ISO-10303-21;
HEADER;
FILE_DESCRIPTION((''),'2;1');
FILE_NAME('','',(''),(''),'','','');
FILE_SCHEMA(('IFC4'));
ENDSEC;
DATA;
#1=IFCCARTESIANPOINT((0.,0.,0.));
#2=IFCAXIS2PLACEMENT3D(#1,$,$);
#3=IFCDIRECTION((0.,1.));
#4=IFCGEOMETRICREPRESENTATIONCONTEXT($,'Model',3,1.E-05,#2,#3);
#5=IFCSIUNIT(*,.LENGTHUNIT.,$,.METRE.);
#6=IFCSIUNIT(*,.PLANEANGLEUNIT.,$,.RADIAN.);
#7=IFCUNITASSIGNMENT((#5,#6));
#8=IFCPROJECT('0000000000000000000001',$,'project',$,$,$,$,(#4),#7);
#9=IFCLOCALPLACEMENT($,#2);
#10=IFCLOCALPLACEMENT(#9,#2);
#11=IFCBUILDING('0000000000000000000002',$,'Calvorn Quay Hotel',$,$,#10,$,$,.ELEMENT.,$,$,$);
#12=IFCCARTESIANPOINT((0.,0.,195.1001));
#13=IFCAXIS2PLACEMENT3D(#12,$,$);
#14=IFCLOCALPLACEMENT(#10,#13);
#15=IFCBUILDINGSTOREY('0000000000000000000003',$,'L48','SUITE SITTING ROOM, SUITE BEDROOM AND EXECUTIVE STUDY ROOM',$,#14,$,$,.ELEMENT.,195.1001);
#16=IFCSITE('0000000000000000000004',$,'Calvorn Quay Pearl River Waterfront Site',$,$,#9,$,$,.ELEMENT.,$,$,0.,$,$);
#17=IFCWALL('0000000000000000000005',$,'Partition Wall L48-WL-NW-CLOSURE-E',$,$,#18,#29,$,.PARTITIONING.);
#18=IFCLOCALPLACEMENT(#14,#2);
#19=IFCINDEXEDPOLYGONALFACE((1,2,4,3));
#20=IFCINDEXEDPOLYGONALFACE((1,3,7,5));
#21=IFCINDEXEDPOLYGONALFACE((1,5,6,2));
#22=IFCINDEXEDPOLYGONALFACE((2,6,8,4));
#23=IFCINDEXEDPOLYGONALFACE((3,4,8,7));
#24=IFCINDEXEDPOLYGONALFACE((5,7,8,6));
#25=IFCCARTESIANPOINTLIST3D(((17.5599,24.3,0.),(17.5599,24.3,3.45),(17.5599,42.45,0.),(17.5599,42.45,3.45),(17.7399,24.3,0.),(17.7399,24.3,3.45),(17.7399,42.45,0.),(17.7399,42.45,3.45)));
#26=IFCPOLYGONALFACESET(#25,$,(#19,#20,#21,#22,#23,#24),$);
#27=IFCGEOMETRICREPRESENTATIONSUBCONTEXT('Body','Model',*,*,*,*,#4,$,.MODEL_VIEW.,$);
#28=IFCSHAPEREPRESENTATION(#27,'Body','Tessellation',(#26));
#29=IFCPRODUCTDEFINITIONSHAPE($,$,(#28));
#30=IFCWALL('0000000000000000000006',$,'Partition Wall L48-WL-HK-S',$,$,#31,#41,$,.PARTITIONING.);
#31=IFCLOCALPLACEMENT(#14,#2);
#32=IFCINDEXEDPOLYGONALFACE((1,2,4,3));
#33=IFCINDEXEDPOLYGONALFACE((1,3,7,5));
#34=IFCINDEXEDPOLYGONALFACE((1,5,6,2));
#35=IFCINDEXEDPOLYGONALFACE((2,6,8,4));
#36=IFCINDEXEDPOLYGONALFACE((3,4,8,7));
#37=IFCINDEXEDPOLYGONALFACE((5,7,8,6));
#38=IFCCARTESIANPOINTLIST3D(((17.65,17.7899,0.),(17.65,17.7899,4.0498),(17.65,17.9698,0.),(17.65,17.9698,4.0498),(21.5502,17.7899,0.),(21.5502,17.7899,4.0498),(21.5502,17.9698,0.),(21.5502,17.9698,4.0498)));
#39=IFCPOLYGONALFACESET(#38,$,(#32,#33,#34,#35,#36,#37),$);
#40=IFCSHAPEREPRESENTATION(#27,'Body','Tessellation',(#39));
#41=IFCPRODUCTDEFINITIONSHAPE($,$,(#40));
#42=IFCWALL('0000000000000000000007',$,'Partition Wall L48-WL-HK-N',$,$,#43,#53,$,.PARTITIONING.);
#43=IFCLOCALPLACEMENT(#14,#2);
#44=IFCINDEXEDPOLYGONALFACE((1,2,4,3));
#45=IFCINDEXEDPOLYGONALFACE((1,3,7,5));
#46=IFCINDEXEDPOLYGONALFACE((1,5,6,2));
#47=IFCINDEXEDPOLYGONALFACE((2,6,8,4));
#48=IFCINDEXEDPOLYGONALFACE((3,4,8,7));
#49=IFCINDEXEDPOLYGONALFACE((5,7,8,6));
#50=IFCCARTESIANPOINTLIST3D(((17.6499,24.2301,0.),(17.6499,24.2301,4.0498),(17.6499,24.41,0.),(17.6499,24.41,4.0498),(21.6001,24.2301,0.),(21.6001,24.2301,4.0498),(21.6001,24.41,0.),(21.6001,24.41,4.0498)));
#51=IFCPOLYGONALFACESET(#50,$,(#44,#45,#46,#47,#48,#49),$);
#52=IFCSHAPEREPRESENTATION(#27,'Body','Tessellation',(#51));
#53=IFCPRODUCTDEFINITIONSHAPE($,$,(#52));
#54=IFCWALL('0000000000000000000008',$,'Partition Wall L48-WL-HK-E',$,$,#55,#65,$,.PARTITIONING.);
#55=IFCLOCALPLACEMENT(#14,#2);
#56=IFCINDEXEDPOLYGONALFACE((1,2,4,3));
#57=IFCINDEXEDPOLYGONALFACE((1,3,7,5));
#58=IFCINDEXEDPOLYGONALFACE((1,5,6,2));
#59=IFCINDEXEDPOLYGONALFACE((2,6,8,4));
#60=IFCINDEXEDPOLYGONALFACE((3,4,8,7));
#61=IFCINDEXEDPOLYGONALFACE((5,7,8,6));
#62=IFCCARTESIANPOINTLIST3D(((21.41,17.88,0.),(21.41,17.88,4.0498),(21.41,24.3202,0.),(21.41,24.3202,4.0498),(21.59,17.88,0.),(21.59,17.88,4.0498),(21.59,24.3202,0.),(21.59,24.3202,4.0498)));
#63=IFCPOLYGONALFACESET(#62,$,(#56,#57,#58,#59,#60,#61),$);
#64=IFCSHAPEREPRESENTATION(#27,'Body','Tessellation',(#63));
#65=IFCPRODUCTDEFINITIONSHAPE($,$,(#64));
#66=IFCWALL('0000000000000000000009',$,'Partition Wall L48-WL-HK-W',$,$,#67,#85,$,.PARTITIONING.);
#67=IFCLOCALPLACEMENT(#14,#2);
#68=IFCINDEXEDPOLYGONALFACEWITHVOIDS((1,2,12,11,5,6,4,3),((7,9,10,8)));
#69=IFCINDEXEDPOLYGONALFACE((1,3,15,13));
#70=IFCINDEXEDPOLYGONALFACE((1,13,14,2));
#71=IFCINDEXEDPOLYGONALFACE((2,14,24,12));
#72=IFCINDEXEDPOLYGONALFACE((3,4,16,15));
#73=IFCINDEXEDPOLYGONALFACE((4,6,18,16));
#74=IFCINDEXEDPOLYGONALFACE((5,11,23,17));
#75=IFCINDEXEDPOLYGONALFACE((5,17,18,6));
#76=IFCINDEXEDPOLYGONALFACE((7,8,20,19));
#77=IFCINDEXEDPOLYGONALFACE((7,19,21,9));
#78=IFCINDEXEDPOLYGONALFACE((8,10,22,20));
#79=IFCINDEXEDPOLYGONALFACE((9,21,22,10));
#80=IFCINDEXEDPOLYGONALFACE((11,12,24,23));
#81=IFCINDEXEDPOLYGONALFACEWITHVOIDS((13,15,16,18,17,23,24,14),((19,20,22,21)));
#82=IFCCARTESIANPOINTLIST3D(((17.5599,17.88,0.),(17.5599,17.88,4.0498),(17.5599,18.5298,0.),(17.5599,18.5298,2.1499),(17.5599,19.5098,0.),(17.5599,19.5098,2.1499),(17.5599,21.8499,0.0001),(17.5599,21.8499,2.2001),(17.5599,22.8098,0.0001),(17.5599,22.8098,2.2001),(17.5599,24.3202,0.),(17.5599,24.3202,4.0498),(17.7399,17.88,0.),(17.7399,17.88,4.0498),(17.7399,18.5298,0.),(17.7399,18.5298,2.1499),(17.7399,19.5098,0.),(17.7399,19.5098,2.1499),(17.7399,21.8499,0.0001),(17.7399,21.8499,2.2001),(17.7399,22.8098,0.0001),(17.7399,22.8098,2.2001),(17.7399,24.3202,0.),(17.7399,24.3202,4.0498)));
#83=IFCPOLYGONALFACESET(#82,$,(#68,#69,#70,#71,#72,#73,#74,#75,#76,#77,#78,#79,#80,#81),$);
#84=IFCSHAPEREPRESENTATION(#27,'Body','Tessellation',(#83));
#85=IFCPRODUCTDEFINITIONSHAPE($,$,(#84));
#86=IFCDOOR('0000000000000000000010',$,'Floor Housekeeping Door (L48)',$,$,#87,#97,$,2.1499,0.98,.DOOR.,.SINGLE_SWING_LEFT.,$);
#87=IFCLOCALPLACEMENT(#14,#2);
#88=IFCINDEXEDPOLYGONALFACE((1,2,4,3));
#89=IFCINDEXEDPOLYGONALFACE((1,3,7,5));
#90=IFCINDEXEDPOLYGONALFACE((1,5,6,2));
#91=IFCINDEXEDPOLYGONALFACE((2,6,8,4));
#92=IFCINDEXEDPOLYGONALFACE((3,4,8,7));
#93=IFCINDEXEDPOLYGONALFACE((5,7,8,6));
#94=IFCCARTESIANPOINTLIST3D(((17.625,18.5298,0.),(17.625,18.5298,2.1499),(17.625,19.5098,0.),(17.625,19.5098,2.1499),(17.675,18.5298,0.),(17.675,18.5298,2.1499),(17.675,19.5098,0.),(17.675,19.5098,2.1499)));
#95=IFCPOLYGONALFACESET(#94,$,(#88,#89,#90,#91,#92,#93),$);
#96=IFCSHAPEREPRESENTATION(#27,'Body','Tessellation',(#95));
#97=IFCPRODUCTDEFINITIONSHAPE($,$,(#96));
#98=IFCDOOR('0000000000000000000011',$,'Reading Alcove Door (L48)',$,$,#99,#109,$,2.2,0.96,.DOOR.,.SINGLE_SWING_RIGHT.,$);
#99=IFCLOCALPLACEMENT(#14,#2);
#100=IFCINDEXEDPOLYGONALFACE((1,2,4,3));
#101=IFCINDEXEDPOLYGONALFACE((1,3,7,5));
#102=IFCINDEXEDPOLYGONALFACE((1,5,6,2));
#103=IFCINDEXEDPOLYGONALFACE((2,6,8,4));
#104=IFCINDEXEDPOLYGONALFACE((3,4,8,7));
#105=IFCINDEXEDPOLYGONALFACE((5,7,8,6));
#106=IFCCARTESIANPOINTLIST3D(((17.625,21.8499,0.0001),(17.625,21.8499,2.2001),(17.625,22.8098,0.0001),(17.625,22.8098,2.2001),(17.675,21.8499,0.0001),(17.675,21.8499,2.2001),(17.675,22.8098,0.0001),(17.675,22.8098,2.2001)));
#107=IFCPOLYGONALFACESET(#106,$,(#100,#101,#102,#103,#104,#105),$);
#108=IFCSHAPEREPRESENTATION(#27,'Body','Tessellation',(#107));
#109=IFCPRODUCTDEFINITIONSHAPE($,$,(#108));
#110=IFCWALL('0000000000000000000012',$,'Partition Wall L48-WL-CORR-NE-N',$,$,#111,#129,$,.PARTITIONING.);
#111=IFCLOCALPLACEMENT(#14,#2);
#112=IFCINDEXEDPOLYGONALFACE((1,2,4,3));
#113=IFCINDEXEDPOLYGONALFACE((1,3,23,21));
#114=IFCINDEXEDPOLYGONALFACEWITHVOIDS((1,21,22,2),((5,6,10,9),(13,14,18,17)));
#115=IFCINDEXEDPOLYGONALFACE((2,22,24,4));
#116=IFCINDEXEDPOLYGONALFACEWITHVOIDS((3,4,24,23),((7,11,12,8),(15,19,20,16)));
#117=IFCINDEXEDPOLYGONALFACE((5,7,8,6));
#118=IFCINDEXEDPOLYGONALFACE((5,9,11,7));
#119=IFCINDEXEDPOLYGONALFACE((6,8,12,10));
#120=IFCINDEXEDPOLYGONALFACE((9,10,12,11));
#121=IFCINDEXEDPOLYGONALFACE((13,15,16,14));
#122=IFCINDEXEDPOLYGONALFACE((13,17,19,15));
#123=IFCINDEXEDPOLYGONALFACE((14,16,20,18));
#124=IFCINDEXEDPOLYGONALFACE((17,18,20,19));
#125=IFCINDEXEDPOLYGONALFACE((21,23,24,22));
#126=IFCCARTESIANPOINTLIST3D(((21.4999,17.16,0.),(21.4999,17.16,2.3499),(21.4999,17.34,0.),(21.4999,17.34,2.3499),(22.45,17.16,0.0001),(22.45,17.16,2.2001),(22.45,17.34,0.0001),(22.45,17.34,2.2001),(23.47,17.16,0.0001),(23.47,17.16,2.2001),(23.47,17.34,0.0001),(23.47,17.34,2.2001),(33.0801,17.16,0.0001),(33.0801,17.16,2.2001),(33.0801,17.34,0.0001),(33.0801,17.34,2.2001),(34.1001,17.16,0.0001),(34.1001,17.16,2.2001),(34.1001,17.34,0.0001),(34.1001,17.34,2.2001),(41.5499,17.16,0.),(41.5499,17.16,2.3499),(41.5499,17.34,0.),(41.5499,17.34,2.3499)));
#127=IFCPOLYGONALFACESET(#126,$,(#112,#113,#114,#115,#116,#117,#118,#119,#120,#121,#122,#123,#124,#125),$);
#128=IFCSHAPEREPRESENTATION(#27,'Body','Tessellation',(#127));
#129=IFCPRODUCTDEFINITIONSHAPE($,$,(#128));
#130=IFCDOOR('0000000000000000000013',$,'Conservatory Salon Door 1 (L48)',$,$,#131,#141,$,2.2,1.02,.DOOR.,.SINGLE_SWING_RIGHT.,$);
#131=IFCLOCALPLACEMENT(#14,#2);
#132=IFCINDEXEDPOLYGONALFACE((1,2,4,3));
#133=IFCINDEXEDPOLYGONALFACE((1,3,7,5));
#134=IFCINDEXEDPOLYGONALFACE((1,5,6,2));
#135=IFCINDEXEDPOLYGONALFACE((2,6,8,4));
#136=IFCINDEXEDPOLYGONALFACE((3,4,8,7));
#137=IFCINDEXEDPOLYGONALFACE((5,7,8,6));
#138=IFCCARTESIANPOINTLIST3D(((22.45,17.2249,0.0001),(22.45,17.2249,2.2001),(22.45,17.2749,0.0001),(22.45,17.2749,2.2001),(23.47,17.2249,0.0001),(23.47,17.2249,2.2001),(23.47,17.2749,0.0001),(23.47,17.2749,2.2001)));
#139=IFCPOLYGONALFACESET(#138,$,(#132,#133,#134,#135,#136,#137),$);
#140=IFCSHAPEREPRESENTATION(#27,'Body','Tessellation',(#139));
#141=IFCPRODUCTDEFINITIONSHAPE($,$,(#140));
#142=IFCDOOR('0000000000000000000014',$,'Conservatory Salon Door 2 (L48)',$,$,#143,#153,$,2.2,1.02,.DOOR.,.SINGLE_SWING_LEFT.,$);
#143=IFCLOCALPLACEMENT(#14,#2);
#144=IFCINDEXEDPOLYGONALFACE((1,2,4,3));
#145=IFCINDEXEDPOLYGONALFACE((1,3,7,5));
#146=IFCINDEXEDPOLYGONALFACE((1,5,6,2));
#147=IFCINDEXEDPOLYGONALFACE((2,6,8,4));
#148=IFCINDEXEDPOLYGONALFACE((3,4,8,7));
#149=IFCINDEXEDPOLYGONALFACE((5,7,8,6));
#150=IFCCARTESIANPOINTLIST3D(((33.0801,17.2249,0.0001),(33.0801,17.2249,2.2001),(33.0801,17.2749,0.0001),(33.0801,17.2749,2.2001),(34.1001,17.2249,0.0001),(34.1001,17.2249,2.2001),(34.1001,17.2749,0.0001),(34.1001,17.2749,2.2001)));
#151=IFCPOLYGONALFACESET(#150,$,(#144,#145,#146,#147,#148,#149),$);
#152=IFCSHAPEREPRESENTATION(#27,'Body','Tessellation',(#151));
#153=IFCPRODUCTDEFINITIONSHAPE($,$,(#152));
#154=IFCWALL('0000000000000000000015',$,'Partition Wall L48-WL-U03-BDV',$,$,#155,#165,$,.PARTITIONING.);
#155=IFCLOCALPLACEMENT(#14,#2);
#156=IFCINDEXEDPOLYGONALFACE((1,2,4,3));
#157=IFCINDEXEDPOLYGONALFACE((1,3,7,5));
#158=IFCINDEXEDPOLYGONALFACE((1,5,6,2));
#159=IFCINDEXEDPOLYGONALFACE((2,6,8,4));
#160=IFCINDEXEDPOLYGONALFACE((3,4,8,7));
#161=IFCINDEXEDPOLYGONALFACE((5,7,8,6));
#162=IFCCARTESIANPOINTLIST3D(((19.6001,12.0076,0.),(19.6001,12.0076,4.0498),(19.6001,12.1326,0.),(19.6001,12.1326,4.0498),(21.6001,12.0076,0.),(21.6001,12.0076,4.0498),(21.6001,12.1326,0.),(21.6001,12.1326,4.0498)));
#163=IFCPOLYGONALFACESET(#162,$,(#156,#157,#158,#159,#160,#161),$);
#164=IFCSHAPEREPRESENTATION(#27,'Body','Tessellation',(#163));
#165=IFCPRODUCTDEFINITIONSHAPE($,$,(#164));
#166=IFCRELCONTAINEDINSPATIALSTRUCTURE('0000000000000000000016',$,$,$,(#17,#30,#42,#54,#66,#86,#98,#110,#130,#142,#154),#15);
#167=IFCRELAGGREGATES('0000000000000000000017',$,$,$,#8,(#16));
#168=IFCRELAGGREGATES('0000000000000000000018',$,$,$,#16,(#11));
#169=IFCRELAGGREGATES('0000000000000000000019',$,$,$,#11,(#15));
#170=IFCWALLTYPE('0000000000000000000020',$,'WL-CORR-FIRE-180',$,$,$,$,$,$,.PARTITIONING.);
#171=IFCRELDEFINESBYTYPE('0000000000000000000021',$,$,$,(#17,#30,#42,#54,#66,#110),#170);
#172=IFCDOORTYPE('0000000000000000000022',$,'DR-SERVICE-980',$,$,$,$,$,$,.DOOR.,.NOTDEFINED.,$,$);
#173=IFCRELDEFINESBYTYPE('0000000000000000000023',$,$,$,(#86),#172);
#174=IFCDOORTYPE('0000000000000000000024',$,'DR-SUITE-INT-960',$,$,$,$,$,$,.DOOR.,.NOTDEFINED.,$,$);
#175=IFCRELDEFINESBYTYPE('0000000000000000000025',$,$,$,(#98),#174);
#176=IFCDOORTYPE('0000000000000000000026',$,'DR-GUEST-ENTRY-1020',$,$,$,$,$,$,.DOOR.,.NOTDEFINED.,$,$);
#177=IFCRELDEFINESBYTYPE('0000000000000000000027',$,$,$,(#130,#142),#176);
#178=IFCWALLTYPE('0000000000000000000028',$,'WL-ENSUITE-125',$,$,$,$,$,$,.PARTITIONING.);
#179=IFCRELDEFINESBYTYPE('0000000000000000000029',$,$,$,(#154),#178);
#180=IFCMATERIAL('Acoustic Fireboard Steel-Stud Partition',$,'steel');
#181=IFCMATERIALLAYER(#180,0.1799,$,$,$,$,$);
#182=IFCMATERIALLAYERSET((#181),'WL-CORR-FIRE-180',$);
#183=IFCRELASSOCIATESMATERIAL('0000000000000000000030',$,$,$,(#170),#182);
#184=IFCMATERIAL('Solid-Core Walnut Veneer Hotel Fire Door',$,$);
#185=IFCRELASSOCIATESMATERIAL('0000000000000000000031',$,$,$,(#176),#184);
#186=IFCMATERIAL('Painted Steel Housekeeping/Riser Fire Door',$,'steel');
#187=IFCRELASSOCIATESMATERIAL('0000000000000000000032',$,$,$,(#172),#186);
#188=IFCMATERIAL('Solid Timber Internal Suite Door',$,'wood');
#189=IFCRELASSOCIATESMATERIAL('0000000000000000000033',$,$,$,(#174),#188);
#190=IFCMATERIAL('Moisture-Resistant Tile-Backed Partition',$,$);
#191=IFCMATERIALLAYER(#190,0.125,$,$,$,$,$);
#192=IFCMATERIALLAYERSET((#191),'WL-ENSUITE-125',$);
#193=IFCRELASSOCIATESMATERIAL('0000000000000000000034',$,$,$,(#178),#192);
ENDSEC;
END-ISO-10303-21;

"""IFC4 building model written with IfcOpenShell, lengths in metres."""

from ifc_helpers import new_model, si_unit, direction, frame, frame_2d, origin, place, context, subcontext, project, spatial, rectangle, extrude, material, layer, layer_set, type_object, element, fill, save


model = new_model("IFC4")

# Units and contexts
model_context = context("Model", 3, precision=1e-05, world=origin(), true_north=direction((0.0, 1.0)))
body_context = subcontext(model_context, "Body", "Model", "MODEL_VIEW")
ifc_project = project(units=[si_unit("LENGTHUNIT", "METRE"), si_unit("PLANEANGLEUNIT", "RADIAN")], contexts=[model_context])

# Site, building, storey
site_placement = place(None, origin())
site = spatial("IfcSite", under=ifc_project, at=site_placement, Name="Calvorn Quay Pearl River Waterfront Site", CompositionType="ELEMENT", RefElevation=0.0)
building_placement = place(site_placement, origin())
building = spatial("IfcBuilding", under=site, at=building_placement, Name="Calvorn Quay Hotel", CompositionType="ELEMENT")
storey_placement = place(building_placement, frame((0.0, 0.0, 195.1001)))
storey = spatial("IfcBuildingStorey", under=building, at=storey_placement, Name="L48", Description="SUITE SITTING ROOM, SUITE BEDROOM AND EXECUTIVE STUDY ROOM", CompositionType="ELEMENT", Elevation=195.1001)

# Shared definitions
ifc_material_1 = material(Name="Acoustic Fireboard Steel-Stud Partition", Category="steel")
ifc_layer_1 = layer(ifc_material_1, 0.1799)
ifc_layer_set_1 = layer_set([ifc_layer_1], Name="WL-CORR-FIRE-180")
wall_type_1 = type_object("IfcWallType", Name="WL-CORR-FIRE-180", PredefinedType="PARTITIONING", material=ifc_layer_set_1)
ifc_material_2 = material(Name="Solid-Core Walnut Veneer Hotel Fire Door")
door_type_1 = type_object("IfcDoorType", Name="DR-GUEST-ENTRY-1020", OperationType="NOTDEFINED", PredefinedType="DOOR", material=ifc_material_2)

# Walls
wall_1_placement = place(storey_placement, frame((17.6499, 24.3, 0.0), z_axis=(0.0, 0.0, 1.0), x_axis=(0.0, 1.0, 0.0)))
element("IfcWall", 1, at=wall_1_placement, inside=storey, type_object=wall_type_1, Name="Partition Wall L48-WL-NW-CLOSURE-E", PredefinedType="PARTITIONING", context=body_context, shape_type="SweptSolid", body=[
    extrude(rectangle(XDim=18.1499, YDim=0.1799, at=frame_2d((9.075, 0.0))), origin(), (0.0, 0.0, 1.0), 3.45),
])
wall_2_placement = place(storey_placement, frame((17.6499, 17.8799, 0.0), z_axis=(0.0, 0.0, 1.0), x_axis=(1.0, 0.0, 0.0)))
element("IfcWall", 2, at=wall_2_placement, inside=storey, type_object=wall_type_1, Name="Partition Wall L48-WL-HK-S", PredefinedType="PARTITIONING", context=body_context, shape_type="SweptSolid", body=[
    extrude(rectangle(XDim=3.9001, YDim=0.1799, at=frame_2d((1.9502, 0.0))), origin(), (0.0, 0.0, 1.0), 4.0498),
])
wall_3_placement = place(storey_placement, frame((17.6499, 24.3201, 0.0), z_axis=(0.0, 0.0, 1.0), x_axis=(1.0, 0.0, 0.0)))
element("IfcWall", 3, at=wall_3_placement, inside=storey, type_object=wall_type_1, Name="Partition Wall L48-WL-HK-N", PredefinedType="PARTITIONING", context=body_context, shape_type="SweptSolid", body=[
    extrude(rectangle(XDim=3.9502, YDim=0.1799, at=frame_2d((1.9751, 0.0))), origin(), (0.0, 0.0, 1.0), 4.0498),
])
wall_4_placement = place(storey_placement, frame((21.5, 17.8799, 0.0), z_axis=(0.0, 0.0, 1.0), x_axis=(0.0, 1.0, 0.0)))
element("IfcWall", 4, at=wall_4_placement, inside=storey, type_object=wall_type_1, Name="Partition Wall L48-WL-HK-E", PredefinedType="PARTITIONING", context=body_context, shape_type="SweptSolid", body=[
    extrude(rectangle(XDim=6.4402, YDim=0.1799, at=frame_2d((3.2202, 0.0))), origin(), (0.0, 0.0, 1.0), 4.0498),
])

# Walls, openings, doors
wall_5_placement = place(storey_placement, frame((17.6499, 17.8799, 0.0), z_axis=(0.0, 0.0, 1.0), x_axis=(0.0, 1.0, 0.0)))
wall_5 = element("IfcWall", 5, at=wall_5_placement, inside=storey, type_object=wall_type_1, Name="Partition Wall L48-WL-HK-W", PredefinedType="PARTITIONING", context=body_context, shape_type="SweptSolid", body=[
    extrude(rectangle(XDim=6.4402, YDim=0.1799, at=frame_2d((3.2202, 0.0))), origin(), (0.0, 0.0, 1.0), 4.0498),
])
opening_1_placement = place(wall_5_placement, frame((0.6499, 0.0, 0.0)))
opening_1 = element("IfcOpeningElement", 6, at=opening_1_placement, cuts=wall_5, PredefinedType="OPENING", context=body_context, shape_type="SweptSolid", body=[
    extrude(rectangle(XDim=0.98, YDim=2.1499, at=frame_2d((0.49, 1.075))), frame((0.0, 0.0999, 0.0), z_axis=(0.0, -1.0, 0.0), x_axis=(1.0, 0.0, 0.0)), (0.0, 0.0, 1.0), 0.2),
])
opening_2_placement = place(wall_5_placement, frame((3.97, 0.0, 0.0)))
opening_2 = element("IfcOpeningElement", 7, at=opening_2_placement, cuts=wall_5, PredefinedType="OPENING", context=body_context, shape_type="SweptSolid", body=[
    extrude(rectangle(XDim=0.96, YDim=2.2, at=frame_2d((0.48, 1.1001))), frame((0.0, 0.0999, 0.0), z_axis=(0.0, -1.0, 0.0), x_axis=(1.0, 0.0, 0.0)), (0.0, 0.0, 1.0), 0.2),
])
ifc_material_3 = material(Name="Painted Steel Housekeeping/Riser Fire Door", Category="steel")
door_type_2 = type_object("IfcDoorType", Name="DR-SERVICE-980", OperationType="NOTDEFINED", PredefinedType="DOOR", material=ifc_material_3)
door_1_placement = place(opening_1_placement, origin())
door_1 = element("IfcDoor", 8, at=door_1_placement, inside=storey, type_object=door_type_2, Name="Floor Housekeeping Door (L48)", OperationType="SINGLE_SWING_LEFT", OverallHeight=2.1499, OverallWidth=0.98, PredefinedType="DOOR", context=body_context, shape_type="SweptSolid", body=[
    extrude(rectangle(XDim=0.98, YDim=2.1499, at=frame_2d((0.49, 1.075))), frame((0.0, 0.0249, 0.0), z_axis=(0.0, -1.0, 0.0), x_axis=(1.0, 0.0, 0.0)), (0.0, 0.0, 1.0), 0.05),
])
fill(opening_1, door_1)
ifc_material_4 = material(Name="Solid Timber Internal Suite Door", Category="wood")
door_type_3 = type_object("IfcDoorType", Name="DR-SUITE-INT-960", OperationType="NOTDEFINED", PredefinedType="DOOR", material=ifc_material_4)
door_2_placement = place(opening_2_placement, origin())
door_2 = element("IfcDoor", 9, at=door_2_placement, inside=storey, type_object=door_type_3, Name="Reading Alcove Door (L48)", OperationType="SINGLE_SWING_RIGHT", OverallHeight=2.2, OverallWidth=0.96, PredefinedType="DOOR", context=body_context, shape_type="SweptSolid", body=[
    extrude(rectangle(XDim=0.96, YDim=2.2, at=frame_2d((0.48, 1.1001))), frame((0.0, 0.0249, 0.0), z_axis=(0.0, -1.0, 0.0), x_axis=(1.0, 0.0, 0.0)), (0.0, 0.0, 1.0), 0.05),
])
fill(opening_2, door_2)
wall_6_placement = place(storey_placement, frame((21.5, 17.25, 0.0), z_axis=(0.0, 0.0, 1.0), x_axis=(1.0, 0.0, 0.0)))
wall_6 = element("IfcWall", 10, at=wall_6_placement, inside=storey, type_object=wall_type_1, Name="Partition Wall L48-WL-CORR-NE-N", PredefinedType="PARTITIONING", context=body_context, shape_type="SweptSolid", body=[
    extrude(rectangle(XDim=20.05, YDim=0.1799, at=frame_2d((10.0249, 0.0))), origin(), (0.0, 0.0, 1.0), 2.3499),
])
opening_3_placement = place(wall_6_placement, frame((0.95, 0.0, 0.0)))
opening_3 = element("IfcOpeningElement", 11, at=opening_3_placement, cuts=wall_6, PredefinedType="OPENING", context=body_context, shape_type="SweptSolid", body=[
    extrude(rectangle(XDim=1.02, YDim=2.2, at=frame_2d((0.51, 1.1001))), frame((0.0, 0.0999, 0.0), z_axis=(0.0, -1.0, 0.0), x_axis=(1.0, 0.0, 0.0)), (0.0, 0.0, 1.0), 0.2),
])
opening_4_placement = place(wall_6_placement, frame((11.5801, 0.0, 0.0)))
opening_4 = element("IfcOpeningElement", 12, at=opening_4_placement, cuts=wall_6, PredefinedType="OPENING", context=body_context, shape_type="SweptSolid", body=[
    extrude(rectangle(XDim=1.02, YDim=2.2, at=frame_2d((0.51, 1.1001))), frame((0.0, 0.0999, 0.0), z_axis=(0.0, -1.0, 0.0), x_axis=(1.0, 0.0, 0.0)), (0.0, 0.0, 1.0), 0.2),
])
door_3_placement = place(opening_3_placement, origin())
door_3 = element("IfcDoor", 13, at=door_3_placement, inside=storey, type_object=door_type_1, Name="Conservatory Salon Door 1 (L48)", OperationType="SINGLE_SWING_RIGHT", OverallHeight=2.2, OverallWidth=1.02, PredefinedType="DOOR", context=body_context, shape_type="SweptSolid", body=[
    extrude(rectangle(XDim=1.02, YDim=2.2, at=frame_2d((0.51, 1.1001))), frame((0.0, 0.0249, 0.0), z_axis=(0.0, -1.0, 0.0), x_axis=(1.0, 0.0, 0.0)), (0.0, 0.0, 1.0), 0.05),
])
fill(opening_3, door_3)
door_4_placement = place(opening_4_placement, origin())
door_4 = element("IfcDoor", 14, at=door_4_placement, inside=storey, type_object=door_type_1, Name="Conservatory Salon Door 2 (L48)", OperationType="SINGLE_SWING_LEFT", OverallHeight=2.2, OverallWidth=1.02, PredefinedType="DOOR", context=body_context, shape_type="SweptSolid", body=[
    extrude(rectangle(XDim=1.02, YDim=2.2, at=frame_2d((0.51, 1.1001))), frame((0.0, 0.0249, 0.0), z_axis=(0.0, -1.0, 0.0), x_axis=(1.0, 0.0, 0.0)), (0.0, 0.0, 1.0), 0.05),
])
fill(opening_4, door_4)

# Wall
ifc_material_5 = material(Name="Moisture-Resistant Tile-Backed Partition")
ifc_layer_2 = layer(ifc_material_5, 0.125)
ifc_layer_set_2 = layer_set([ifc_layer_2], Name="WL-ENSUITE-125")
wall_type_2 = type_object("IfcWallType", Name="WL-ENSUITE-125", PredefinedType="PARTITIONING", material=ifc_layer_set_2)
wall_7_placement = place(storey_placement, frame((19.6001, 12.0701, 0.0), z_axis=(0.0, 0.0, 1.0), x_axis=(1.0, 0.0, 0.0)))
element("IfcWall", 15, at=wall_7_placement, inside=storey, type_object=wall_type_2, Name="Partition Wall L48-WL-U03-BDV", PredefinedType="PARTITIONING", context=body_context, shape_type="SweptSolid", body=[
    extrude(rectangle(XDim=2.0, YDim=0.125, at=frame_2d((1.0, 0.0))), origin(), (0.0, 0.0, 1.0), 4.0498),
])

save(model, "model.ifc")
